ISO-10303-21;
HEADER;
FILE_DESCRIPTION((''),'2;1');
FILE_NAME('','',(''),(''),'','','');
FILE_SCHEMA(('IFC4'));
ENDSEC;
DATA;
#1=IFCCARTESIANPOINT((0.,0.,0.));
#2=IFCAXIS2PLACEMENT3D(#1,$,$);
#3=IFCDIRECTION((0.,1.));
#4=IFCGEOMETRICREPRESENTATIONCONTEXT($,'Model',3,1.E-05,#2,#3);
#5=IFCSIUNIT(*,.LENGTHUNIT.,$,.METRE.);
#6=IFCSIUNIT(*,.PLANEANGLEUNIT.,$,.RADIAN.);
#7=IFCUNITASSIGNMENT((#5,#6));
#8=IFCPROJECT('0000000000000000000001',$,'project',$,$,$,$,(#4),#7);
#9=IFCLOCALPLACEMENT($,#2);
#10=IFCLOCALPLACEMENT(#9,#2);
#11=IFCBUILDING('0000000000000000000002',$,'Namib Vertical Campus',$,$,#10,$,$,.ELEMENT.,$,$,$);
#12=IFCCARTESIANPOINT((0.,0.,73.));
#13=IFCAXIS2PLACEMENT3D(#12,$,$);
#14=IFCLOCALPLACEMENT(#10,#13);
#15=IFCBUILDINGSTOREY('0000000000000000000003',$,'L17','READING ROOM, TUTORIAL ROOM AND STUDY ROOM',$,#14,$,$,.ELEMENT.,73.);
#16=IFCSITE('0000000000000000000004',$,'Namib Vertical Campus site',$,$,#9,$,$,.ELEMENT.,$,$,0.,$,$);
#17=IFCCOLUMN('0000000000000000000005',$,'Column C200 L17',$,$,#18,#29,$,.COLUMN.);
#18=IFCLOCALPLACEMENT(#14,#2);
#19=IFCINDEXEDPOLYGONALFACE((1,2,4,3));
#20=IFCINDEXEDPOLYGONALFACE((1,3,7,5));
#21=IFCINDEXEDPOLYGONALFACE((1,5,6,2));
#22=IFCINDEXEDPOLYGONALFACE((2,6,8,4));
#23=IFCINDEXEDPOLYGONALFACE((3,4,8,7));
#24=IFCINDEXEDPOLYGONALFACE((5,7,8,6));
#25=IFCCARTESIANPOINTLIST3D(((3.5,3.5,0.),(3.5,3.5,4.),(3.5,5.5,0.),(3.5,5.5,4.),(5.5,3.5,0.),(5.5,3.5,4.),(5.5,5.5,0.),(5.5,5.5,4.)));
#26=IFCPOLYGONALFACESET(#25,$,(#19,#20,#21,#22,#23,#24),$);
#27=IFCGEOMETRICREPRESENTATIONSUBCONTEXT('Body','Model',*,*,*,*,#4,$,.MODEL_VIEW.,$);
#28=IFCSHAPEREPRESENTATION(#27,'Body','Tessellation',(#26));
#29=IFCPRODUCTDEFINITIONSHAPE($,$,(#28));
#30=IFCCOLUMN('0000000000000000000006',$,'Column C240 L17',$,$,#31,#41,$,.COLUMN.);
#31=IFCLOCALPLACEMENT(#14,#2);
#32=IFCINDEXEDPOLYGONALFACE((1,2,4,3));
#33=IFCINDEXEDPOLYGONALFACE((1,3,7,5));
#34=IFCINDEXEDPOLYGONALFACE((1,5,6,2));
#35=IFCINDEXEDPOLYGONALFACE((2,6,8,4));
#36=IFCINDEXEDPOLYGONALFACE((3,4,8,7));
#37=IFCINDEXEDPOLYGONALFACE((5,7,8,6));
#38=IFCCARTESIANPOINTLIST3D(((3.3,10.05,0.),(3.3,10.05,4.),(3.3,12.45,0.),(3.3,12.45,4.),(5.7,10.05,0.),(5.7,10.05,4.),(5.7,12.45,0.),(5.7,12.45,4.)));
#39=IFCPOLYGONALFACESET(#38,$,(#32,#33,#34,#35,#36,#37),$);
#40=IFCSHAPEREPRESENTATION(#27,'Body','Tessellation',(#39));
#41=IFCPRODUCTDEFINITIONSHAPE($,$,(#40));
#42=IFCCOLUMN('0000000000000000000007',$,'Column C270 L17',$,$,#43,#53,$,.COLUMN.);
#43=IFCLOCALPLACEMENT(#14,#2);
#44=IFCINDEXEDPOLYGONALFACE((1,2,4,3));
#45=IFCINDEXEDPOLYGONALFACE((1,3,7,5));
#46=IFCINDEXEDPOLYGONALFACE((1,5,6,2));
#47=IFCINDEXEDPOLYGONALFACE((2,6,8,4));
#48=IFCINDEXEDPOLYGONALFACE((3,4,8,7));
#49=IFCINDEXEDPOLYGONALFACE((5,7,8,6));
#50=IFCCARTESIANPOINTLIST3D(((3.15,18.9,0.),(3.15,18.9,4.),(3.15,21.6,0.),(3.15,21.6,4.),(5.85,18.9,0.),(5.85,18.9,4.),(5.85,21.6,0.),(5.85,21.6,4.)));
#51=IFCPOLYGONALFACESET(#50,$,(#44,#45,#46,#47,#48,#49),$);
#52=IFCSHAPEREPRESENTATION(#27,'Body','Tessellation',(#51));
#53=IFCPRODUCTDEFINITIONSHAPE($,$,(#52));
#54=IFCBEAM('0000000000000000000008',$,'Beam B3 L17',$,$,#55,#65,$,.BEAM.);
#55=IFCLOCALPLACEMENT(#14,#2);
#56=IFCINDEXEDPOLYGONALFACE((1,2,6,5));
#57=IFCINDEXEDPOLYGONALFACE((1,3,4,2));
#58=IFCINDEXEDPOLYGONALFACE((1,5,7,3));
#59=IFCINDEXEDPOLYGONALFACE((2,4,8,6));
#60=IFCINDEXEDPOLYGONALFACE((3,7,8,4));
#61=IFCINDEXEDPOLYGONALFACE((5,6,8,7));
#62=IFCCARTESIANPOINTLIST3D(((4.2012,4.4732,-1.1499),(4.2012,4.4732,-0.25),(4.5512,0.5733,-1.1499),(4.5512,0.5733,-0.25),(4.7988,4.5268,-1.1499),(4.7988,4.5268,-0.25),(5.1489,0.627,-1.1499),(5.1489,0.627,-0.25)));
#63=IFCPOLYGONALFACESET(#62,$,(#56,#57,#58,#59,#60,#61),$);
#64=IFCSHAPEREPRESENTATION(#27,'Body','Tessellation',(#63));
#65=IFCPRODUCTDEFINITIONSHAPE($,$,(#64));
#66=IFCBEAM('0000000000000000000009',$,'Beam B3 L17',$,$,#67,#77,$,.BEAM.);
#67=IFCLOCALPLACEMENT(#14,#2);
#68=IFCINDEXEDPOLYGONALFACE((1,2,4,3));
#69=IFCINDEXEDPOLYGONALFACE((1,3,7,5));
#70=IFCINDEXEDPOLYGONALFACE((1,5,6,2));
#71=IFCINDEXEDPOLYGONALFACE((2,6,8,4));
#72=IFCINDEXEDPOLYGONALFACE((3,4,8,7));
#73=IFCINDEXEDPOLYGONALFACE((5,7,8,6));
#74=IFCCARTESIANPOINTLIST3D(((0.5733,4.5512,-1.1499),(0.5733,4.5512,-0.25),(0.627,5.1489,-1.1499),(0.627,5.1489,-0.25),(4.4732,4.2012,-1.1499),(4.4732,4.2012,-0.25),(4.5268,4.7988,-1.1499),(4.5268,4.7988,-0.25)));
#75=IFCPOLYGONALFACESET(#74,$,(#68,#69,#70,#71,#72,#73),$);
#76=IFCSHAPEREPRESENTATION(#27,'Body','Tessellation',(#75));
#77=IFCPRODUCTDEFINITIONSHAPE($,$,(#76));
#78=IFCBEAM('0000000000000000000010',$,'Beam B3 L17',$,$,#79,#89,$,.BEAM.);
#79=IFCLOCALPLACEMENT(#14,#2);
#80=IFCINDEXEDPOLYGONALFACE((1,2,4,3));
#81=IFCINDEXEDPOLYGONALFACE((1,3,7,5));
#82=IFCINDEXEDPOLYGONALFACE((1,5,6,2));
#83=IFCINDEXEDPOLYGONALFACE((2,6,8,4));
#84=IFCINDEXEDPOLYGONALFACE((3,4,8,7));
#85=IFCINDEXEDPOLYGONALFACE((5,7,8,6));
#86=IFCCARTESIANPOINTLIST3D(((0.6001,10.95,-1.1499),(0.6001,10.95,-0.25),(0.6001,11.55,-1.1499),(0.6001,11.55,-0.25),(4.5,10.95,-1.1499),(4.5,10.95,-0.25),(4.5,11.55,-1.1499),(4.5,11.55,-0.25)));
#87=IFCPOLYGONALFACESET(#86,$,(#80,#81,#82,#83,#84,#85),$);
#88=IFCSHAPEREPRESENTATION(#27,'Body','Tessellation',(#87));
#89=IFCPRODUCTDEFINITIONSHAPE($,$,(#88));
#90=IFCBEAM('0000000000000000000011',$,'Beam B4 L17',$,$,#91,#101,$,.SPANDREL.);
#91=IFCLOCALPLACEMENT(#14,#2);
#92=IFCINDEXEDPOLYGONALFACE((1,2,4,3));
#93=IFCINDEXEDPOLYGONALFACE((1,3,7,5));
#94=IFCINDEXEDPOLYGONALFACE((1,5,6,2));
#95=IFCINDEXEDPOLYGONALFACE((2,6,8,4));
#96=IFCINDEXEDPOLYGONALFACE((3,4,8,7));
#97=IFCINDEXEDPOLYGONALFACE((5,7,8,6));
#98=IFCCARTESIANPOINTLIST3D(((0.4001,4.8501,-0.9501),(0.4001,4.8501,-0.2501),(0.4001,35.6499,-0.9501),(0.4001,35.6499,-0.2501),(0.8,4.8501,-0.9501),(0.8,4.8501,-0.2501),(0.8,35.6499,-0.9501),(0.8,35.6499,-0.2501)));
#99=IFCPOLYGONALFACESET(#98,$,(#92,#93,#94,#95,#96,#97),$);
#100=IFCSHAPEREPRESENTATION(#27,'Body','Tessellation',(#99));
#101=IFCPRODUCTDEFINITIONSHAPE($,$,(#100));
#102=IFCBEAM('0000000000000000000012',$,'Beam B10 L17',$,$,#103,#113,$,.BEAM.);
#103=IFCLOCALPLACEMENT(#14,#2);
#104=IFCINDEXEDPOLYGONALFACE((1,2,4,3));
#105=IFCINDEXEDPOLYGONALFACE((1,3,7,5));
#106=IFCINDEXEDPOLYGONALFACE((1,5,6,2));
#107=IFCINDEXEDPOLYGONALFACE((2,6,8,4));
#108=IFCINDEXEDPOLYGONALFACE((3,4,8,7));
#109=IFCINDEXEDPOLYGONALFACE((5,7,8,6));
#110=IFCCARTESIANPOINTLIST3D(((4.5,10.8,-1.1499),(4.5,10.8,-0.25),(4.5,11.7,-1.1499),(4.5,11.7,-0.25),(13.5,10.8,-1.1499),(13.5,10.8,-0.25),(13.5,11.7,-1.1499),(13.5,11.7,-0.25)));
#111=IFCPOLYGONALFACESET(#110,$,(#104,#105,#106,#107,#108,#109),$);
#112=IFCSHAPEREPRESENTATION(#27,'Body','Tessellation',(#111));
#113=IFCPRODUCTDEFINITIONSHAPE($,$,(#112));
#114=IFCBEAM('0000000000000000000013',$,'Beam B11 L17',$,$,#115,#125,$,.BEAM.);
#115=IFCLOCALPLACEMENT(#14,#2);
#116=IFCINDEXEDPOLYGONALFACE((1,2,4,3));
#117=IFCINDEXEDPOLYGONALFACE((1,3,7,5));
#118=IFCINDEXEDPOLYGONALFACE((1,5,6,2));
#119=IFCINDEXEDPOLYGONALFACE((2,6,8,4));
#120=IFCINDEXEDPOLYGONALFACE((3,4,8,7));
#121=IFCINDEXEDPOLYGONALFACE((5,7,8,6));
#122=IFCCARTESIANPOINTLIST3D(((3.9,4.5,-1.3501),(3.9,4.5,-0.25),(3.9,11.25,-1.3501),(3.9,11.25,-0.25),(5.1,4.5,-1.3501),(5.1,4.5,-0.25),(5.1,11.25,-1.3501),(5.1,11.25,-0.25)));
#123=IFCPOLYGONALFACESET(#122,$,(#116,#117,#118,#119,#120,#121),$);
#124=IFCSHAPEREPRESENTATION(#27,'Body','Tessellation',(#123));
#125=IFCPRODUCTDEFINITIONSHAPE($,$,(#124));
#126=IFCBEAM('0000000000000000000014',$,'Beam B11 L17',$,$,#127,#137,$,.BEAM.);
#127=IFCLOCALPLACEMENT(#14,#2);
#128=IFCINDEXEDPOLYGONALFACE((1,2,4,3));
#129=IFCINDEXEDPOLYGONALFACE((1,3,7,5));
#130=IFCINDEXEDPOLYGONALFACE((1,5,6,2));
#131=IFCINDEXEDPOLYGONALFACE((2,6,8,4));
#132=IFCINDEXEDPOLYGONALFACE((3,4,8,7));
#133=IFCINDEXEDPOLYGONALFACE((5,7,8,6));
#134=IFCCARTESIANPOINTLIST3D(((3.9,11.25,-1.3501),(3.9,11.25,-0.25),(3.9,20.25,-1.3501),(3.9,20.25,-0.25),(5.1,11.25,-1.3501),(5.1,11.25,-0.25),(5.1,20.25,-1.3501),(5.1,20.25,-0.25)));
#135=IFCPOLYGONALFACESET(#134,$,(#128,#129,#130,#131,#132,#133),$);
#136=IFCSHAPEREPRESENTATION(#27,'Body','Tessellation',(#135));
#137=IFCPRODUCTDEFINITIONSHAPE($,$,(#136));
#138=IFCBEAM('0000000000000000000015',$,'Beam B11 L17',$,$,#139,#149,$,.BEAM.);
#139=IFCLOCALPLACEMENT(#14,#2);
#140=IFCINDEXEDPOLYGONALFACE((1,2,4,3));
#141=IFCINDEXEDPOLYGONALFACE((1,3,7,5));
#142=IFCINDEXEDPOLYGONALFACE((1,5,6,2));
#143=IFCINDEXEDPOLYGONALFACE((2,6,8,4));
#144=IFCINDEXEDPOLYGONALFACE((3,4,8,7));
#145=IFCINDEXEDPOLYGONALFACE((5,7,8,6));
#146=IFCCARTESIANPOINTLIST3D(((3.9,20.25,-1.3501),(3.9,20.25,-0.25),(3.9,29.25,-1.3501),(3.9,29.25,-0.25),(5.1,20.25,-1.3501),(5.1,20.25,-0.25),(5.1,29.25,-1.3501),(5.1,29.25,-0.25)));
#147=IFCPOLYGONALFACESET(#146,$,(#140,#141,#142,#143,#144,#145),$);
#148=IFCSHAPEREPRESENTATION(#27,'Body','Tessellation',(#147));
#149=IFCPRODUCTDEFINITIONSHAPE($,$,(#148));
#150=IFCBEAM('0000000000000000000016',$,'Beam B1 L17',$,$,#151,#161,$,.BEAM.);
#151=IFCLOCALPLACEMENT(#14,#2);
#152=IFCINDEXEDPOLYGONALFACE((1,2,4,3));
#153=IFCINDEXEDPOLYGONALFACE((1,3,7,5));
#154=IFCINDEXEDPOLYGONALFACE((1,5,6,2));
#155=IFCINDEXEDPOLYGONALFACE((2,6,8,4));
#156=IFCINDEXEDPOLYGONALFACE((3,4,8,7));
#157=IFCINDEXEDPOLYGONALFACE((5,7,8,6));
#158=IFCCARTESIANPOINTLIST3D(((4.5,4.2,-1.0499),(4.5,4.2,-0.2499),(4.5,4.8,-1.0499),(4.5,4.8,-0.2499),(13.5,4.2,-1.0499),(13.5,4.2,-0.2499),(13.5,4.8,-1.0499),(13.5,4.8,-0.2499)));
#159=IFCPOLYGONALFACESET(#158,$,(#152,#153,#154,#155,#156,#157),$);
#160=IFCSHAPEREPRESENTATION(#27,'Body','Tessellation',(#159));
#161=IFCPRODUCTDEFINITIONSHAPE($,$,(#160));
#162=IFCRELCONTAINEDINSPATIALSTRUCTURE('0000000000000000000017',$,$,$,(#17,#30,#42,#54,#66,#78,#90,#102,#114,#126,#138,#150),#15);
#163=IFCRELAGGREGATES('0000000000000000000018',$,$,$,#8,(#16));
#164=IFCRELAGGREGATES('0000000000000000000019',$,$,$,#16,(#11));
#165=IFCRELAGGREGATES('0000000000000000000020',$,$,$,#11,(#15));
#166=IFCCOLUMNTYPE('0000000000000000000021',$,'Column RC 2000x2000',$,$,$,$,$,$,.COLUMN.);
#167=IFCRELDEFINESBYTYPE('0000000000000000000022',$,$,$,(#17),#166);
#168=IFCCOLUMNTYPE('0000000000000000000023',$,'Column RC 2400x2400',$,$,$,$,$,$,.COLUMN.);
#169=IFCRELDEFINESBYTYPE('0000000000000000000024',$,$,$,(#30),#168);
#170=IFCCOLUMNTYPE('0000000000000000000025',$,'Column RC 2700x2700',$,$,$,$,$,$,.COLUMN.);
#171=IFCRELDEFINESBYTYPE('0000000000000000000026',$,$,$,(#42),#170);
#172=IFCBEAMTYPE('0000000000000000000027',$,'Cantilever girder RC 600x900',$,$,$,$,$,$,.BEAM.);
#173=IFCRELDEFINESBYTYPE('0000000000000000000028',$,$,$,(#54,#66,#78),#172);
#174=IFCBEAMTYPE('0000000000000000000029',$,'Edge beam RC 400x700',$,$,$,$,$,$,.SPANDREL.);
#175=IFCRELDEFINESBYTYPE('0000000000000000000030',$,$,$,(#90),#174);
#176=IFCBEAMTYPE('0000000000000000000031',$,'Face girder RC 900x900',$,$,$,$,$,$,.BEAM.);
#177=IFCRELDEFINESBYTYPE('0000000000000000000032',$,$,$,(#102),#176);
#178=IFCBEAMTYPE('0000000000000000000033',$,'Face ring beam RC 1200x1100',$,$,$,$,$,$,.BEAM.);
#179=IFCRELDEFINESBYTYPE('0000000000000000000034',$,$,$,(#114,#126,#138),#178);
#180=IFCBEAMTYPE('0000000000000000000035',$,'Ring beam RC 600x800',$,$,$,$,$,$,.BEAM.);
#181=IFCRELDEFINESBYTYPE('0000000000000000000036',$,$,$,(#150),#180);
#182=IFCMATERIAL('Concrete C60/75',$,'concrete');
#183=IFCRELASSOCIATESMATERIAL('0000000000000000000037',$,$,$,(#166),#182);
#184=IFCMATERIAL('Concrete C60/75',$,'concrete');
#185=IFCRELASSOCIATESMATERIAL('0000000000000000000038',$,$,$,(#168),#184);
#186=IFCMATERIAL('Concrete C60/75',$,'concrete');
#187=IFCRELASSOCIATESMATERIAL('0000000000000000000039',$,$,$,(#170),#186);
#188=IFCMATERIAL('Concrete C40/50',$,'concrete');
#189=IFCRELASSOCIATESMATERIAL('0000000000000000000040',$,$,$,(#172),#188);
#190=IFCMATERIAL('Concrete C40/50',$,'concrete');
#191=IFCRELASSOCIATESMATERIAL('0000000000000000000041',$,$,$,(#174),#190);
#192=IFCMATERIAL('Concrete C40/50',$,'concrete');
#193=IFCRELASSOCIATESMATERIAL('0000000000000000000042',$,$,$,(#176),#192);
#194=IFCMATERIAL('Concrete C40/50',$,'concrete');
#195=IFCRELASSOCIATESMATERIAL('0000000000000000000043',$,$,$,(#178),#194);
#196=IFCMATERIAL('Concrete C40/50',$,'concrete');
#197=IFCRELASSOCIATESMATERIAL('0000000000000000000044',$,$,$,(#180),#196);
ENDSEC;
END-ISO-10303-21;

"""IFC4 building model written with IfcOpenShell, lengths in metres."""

from ifc_helpers import new_model, si_unit, direction, frame, origin, origin_2d, place, context, subcontext, project, spatial, rectangle, extrude, material, material_profile, profile_set, type_object, element, save


model = new_model("IFC4")

# Units and contexts
model_context = context("Model", 3, precision=1e-05, world=origin(), true_north=direction((0.0, 1.0)))
body_context = subcontext(model_context, "Body", "Model", "MODEL_VIEW")
ifc_project = project(units=[si_unit("LENGTHUNIT", "METRE"), si_unit("PLANEANGLEUNIT", "RADIAN")], contexts=[model_context])

# Site, building, storey
site_placement = place(None, origin())
site = spatial("IfcSite", under=ifc_project, at=site_placement, Name="Namib Vertical Campus site", CompositionType="ELEMENT", RefElevation=0.0)
building_placement = place(site_placement, origin())
building = spatial("IfcBuilding", under=site, at=building_placement, Name="Namib Vertical Campus", CompositionType="ELEMENT")
storey_placement = place(building_placement, frame((0.0, 0.0, 73.0)))
storey = spatial("IfcBuildingStorey", under=building, at=storey_placement, Name="L17", Description="READING ROOM, TUTORIAL ROOM AND STUDY ROOM", CompositionType="ELEMENT", Elevation=73.0)

# Columns
ifc_material_1 = material(Name="Concrete C60/75", Category="concrete")
ifc_material_profile_1 = material_profile(ifc_material_1, rectangle(XDim=2.0, YDim=2.0, at=origin_2d()))
ifc_profile_set_1 = profile_set([ifc_material_profile_1], Name="Concrete C60/75")
column_type_1 = type_object("IfcColumnType", Name="Column RC 2000x2000", PredefinedType="COLUMN", material=ifc_profile_set_1)
column_1_placement = place(storey_placement, frame((4.5, 4.5, 0.0), z_axis=(0.0, 0.0, 1.0), x_axis=(1.0, 0.0, 0.0)))
element("IfcColumn", 1, at=column_1_placement, inside=storey, type_object=column_type_1, Name="Column C200 L17", PredefinedType="COLUMN", context=body_context, shape_type="SweptSolid", body=[
    extrude(rectangle(XDim=2.0, YDim=2.0, at=origin_2d()), origin(), (0.0, 0.0, 1.0), 4.0),
])
ifc_material_2 = material(Name="Concrete C60/75", Category="concrete")
ifc_material_profile_2 = material_profile(ifc_material_2, rectangle(XDim=2.3999, YDim=2.3999, at=origin_2d()))
ifc_profile_set_2 = profile_set([ifc_material_profile_2], Name="Concrete C60/75")
column_type_2 = type_object("IfcColumnType", Name="Column RC 2400x2400", PredefinedType="COLUMN", material=ifc_profile_set_2)
column_2_placement = place(storey_placement, frame((4.5, 11.25, 0.0), z_axis=(0.0, 0.0, 1.0), x_axis=(1.0, 0.0, 0.0)))
element("IfcColumn", 2, at=column_2_placement, inside=storey, type_object=column_type_2, Name="Column C240 L17", PredefinedType="COLUMN", context=body_context, shape_type="SweptSolid", body=[
    extrude(rectangle(XDim=2.3999, YDim=2.3999, at=origin_2d()), origin(), (0.0, 0.0, 1.0), 4.0),
])
ifc_material_3 = material(Name="Concrete C60/75", Category="concrete")
ifc_material_profile_3 = material_profile(ifc_material_3, rectangle(XDim=2.7, YDim=2.7, at=origin_2d()))
ifc_profile_set_3 = profile_set([ifc_material_profile_3], Name="Concrete C60/75")
column_type_3 = type_object("IfcColumnType", Name="Column RC 2700x2700", PredefinedType="COLUMN", material=ifc_profile_set_3)
column_3_placement = place(storey_placement, frame((4.5, 20.25, 0.0), z_axis=(0.0, 0.0, 1.0), x_axis=(1.0, 0.0, 0.0)))
element("IfcColumn", 3, at=column_3_placement, inside=storey, type_object=column_type_3, Name="Column C270 L17", PredefinedType="COLUMN", context=body_context, shape_type="SweptSolid", body=[
    extrude(rectangle(XDim=2.7, YDim=2.7, at=origin_2d()), origin(), (0.0, 0.0, 1.0), 4.0),
])

# Beams
ifc_material_4 = material(Name="Concrete C40/50", Category="concrete")
ifc_material_profile_4 = material_profile(ifc_material_4, rectangle(XDim=0.6001, YDim=0.8999, at=origin_2d()))
ifc_profile_set_4 = profile_set([ifc_material_profile_4], Name="Concrete C40/50")
beam_type_1 = type_object("IfcBeamType", Name="Cantilever girder RC 600x900", PredefinedType="BEAM", material=ifc_profile_set_4)
for number, where, z_axis, x_axis, name in (
    (4, (4.5, 4.5, -0.7), (0.089411, -0.995995, 0.0), (0.995995, 0.089411, 0.0), "Beam B3 L17"),
    (5, (4.5, 4.5, -0.7), (-0.995995, 0.089411, 0.0), (-0.089411, -0.995995, 0.0), "Beam B3 L17"),
):
    element("IfcBeam", number, at=place(storey_placement, frame(where, z_axis=z_axis, x_axis=x_axis)), inside=storey, type_object=beam_type_1, Name=name, PredefinedType="BEAM", context=body_context, shape_type="SweptSolid", body=[
        extrude(rectangle(XDim=0.6001, YDim=0.8999, at=origin_2d()), origin(), (0.0, 0.0, 1.0), 3.9155),
    ])
beam_1_placement = place(storey_placement, frame((4.5, 11.25, -0.7), z_axis=(-1.0, 0.0, 0.0), x_axis=(0.0, -1.0, 0.0)))
element("IfcBeam", 6, at=beam_1_placement, inside=storey, type_object=beam_type_1, Name="Beam B3 L17", PredefinedType="BEAM", context=body_context, shape_type="SweptSolid", body=[
    extrude(rectangle(XDim=0.6001, YDim=0.8999, at=origin_2d()), origin(), (0.0, 0.0, 1.0), 3.8999),
])
ifc_material_5 = material(Name="Concrete C40/50", Category="concrete")
ifc_material_profile_5 = material_profile(ifc_material_5, rectangle(XDim=0.3999, YDim=0.7, at=origin_2d()))
ifc_profile_set_5 = profile_set([ifc_material_profile_5], Name="Concrete C40/50")
beam_type_2 = type_object("IfcBeamType", Name="Edge beam RC 400x700", PredefinedType="SPANDREL", material=ifc_profile_set_5)
beam_2_placement = place(storey_placement, frame((0.6001, 4.8501, -0.6001), z_axis=(0.0, 1.0, 0.0), x_axis=(-1.0, 0.0, 0.0)))
element("IfcBeam", 7, at=beam_2_placement, inside=storey, type_object=beam_type_2, Name="Beam B4 L17", PredefinedType="SPANDREL", context=body_context, shape_type="SweptSolid", body=[
    extrude(rectangle(XDim=0.3999, YDim=0.7, at=origin_2d()), origin(), (0.0, 0.0, 1.0), 30.7998),
])
ifc_material_6 = material(Name="Concrete C40/50", Category="concrete")
ifc_material_profile_6 = material_profile(ifc_material_6, rectangle(XDim=0.8999, YDim=0.8999, at=origin_2d()))
ifc_profile_set_6 = profile_set([ifc_material_profile_6], Name="Concrete C40/50")
beam_type_3 = type_object("IfcBeamType", Name="Face girder RC 900x900", PredefinedType="BEAM", material=ifc_profile_set_6)
beam_3_placement = place(storey_placement, frame((4.5, 11.25, -0.7), z_axis=(1.0, 0.0, 0.0), x_axis=(0.0, 1.0, 0.0)))
element("IfcBeam", 8, at=beam_3_placement, inside=storey, type_object=beam_type_3, Name="Beam B10 L17", PredefinedType="BEAM", context=body_context, shape_type="SweptSolid", body=[
    extrude(rectangle(XDim=0.8999, YDim=0.8999, at=origin_2d()), origin(), (0.0, 0.0, 1.0), 9.0),
])
ifc_material_7 = material(Name="Concrete C40/50", Category="concrete")
ifc_material_profile_7 = material_profile(ifc_material_7, rectangle(XDim=1.2, YDim=1.1001, at=origin_2d()))
ifc_profile_set_7 = profile_set([ifc_material_profile_7], Name="Concrete C40/50")
beam_type_4 = type_object("IfcBeamType", Name="Face ring beam RC 1200x1100", PredefinedType="BEAM", material=ifc_profile_set_7)
beam_4_placement = place(storey_placement, frame((4.5, 4.5, -0.8), z_axis=(0.0, 1.0, 0.0), x_axis=(-1.0, 0.0, 0.0)))
element("IfcBeam", 9, at=beam_4_placement, inside=storey, type_object=beam_type_4, Name="Beam B11 L17", PredefinedType="BEAM", context=body_context, shape_type="SweptSolid", body=[
    extrude(rectangle(XDim=1.2, YDim=1.1001, at=origin_2d()), origin(), (0.0, 0.0, 1.0), 6.75),
])
for number, where, z_axis, x_axis, name in (
    (10, (4.5, 11.25, -0.8), (0.0, 1.0, 0.0), (-1.0, 0.0, 0.0), "Beam B11 L17"),
    (11, (4.5, 20.25, -0.8), (0.0, 1.0, 0.0), (-1.0, 0.0, 0.0), "Beam B11 L17"),
):
    element("IfcBeam", number, at=place(storey_placement, frame(where, z_axis=z_axis, x_axis=x_axis)), inside=storey, type_object=beam_type_4, Name=name, PredefinedType="BEAM", context=body_context, shape_type="SweptSolid", body=[
        extrude(rectangle(XDim=1.2, YDim=1.1001, at=origin_2d()), origin(), (0.0, 0.0, 1.0), 9.0),
    ])
ifc_material_8 = material(Name="Concrete C40/50", Category="concrete")
ifc_material_profile_8 = material_profile(ifc_material_8, rectangle(XDim=0.6001, YDim=0.8, at=origin_2d()))
ifc_profile_set_8 = profile_set([ifc_material_profile_8], Name="Concrete C40/50")
beam_type_5 = type_object("IfcBeamType", Name="Ring beam RC 600x800", PredefinedType="BEAM", material=ifc_profile_set_8)
beam_5_placement = place(storey_placement, frame((4.5, 4.5, -0.6499), z_axis=(1.0, 0.0, 0.0), x_axis=(0.0, 1.0, 0.0)))
element("IfcBeam", 12, at=beam_5_placement, inside=storey, type_object=beam_type_5, Name="Beam B1 L17", PredefinedType="BEAM", context=body_context, shape_type="SweptSolid", body=[
    extrude(rectangle(XDim=0.6001, YDim=0.8, at=origin_2d()), origin(), (0.0, 0.0, 1.0), 9.0),
])

save(model, "model.ifc")
